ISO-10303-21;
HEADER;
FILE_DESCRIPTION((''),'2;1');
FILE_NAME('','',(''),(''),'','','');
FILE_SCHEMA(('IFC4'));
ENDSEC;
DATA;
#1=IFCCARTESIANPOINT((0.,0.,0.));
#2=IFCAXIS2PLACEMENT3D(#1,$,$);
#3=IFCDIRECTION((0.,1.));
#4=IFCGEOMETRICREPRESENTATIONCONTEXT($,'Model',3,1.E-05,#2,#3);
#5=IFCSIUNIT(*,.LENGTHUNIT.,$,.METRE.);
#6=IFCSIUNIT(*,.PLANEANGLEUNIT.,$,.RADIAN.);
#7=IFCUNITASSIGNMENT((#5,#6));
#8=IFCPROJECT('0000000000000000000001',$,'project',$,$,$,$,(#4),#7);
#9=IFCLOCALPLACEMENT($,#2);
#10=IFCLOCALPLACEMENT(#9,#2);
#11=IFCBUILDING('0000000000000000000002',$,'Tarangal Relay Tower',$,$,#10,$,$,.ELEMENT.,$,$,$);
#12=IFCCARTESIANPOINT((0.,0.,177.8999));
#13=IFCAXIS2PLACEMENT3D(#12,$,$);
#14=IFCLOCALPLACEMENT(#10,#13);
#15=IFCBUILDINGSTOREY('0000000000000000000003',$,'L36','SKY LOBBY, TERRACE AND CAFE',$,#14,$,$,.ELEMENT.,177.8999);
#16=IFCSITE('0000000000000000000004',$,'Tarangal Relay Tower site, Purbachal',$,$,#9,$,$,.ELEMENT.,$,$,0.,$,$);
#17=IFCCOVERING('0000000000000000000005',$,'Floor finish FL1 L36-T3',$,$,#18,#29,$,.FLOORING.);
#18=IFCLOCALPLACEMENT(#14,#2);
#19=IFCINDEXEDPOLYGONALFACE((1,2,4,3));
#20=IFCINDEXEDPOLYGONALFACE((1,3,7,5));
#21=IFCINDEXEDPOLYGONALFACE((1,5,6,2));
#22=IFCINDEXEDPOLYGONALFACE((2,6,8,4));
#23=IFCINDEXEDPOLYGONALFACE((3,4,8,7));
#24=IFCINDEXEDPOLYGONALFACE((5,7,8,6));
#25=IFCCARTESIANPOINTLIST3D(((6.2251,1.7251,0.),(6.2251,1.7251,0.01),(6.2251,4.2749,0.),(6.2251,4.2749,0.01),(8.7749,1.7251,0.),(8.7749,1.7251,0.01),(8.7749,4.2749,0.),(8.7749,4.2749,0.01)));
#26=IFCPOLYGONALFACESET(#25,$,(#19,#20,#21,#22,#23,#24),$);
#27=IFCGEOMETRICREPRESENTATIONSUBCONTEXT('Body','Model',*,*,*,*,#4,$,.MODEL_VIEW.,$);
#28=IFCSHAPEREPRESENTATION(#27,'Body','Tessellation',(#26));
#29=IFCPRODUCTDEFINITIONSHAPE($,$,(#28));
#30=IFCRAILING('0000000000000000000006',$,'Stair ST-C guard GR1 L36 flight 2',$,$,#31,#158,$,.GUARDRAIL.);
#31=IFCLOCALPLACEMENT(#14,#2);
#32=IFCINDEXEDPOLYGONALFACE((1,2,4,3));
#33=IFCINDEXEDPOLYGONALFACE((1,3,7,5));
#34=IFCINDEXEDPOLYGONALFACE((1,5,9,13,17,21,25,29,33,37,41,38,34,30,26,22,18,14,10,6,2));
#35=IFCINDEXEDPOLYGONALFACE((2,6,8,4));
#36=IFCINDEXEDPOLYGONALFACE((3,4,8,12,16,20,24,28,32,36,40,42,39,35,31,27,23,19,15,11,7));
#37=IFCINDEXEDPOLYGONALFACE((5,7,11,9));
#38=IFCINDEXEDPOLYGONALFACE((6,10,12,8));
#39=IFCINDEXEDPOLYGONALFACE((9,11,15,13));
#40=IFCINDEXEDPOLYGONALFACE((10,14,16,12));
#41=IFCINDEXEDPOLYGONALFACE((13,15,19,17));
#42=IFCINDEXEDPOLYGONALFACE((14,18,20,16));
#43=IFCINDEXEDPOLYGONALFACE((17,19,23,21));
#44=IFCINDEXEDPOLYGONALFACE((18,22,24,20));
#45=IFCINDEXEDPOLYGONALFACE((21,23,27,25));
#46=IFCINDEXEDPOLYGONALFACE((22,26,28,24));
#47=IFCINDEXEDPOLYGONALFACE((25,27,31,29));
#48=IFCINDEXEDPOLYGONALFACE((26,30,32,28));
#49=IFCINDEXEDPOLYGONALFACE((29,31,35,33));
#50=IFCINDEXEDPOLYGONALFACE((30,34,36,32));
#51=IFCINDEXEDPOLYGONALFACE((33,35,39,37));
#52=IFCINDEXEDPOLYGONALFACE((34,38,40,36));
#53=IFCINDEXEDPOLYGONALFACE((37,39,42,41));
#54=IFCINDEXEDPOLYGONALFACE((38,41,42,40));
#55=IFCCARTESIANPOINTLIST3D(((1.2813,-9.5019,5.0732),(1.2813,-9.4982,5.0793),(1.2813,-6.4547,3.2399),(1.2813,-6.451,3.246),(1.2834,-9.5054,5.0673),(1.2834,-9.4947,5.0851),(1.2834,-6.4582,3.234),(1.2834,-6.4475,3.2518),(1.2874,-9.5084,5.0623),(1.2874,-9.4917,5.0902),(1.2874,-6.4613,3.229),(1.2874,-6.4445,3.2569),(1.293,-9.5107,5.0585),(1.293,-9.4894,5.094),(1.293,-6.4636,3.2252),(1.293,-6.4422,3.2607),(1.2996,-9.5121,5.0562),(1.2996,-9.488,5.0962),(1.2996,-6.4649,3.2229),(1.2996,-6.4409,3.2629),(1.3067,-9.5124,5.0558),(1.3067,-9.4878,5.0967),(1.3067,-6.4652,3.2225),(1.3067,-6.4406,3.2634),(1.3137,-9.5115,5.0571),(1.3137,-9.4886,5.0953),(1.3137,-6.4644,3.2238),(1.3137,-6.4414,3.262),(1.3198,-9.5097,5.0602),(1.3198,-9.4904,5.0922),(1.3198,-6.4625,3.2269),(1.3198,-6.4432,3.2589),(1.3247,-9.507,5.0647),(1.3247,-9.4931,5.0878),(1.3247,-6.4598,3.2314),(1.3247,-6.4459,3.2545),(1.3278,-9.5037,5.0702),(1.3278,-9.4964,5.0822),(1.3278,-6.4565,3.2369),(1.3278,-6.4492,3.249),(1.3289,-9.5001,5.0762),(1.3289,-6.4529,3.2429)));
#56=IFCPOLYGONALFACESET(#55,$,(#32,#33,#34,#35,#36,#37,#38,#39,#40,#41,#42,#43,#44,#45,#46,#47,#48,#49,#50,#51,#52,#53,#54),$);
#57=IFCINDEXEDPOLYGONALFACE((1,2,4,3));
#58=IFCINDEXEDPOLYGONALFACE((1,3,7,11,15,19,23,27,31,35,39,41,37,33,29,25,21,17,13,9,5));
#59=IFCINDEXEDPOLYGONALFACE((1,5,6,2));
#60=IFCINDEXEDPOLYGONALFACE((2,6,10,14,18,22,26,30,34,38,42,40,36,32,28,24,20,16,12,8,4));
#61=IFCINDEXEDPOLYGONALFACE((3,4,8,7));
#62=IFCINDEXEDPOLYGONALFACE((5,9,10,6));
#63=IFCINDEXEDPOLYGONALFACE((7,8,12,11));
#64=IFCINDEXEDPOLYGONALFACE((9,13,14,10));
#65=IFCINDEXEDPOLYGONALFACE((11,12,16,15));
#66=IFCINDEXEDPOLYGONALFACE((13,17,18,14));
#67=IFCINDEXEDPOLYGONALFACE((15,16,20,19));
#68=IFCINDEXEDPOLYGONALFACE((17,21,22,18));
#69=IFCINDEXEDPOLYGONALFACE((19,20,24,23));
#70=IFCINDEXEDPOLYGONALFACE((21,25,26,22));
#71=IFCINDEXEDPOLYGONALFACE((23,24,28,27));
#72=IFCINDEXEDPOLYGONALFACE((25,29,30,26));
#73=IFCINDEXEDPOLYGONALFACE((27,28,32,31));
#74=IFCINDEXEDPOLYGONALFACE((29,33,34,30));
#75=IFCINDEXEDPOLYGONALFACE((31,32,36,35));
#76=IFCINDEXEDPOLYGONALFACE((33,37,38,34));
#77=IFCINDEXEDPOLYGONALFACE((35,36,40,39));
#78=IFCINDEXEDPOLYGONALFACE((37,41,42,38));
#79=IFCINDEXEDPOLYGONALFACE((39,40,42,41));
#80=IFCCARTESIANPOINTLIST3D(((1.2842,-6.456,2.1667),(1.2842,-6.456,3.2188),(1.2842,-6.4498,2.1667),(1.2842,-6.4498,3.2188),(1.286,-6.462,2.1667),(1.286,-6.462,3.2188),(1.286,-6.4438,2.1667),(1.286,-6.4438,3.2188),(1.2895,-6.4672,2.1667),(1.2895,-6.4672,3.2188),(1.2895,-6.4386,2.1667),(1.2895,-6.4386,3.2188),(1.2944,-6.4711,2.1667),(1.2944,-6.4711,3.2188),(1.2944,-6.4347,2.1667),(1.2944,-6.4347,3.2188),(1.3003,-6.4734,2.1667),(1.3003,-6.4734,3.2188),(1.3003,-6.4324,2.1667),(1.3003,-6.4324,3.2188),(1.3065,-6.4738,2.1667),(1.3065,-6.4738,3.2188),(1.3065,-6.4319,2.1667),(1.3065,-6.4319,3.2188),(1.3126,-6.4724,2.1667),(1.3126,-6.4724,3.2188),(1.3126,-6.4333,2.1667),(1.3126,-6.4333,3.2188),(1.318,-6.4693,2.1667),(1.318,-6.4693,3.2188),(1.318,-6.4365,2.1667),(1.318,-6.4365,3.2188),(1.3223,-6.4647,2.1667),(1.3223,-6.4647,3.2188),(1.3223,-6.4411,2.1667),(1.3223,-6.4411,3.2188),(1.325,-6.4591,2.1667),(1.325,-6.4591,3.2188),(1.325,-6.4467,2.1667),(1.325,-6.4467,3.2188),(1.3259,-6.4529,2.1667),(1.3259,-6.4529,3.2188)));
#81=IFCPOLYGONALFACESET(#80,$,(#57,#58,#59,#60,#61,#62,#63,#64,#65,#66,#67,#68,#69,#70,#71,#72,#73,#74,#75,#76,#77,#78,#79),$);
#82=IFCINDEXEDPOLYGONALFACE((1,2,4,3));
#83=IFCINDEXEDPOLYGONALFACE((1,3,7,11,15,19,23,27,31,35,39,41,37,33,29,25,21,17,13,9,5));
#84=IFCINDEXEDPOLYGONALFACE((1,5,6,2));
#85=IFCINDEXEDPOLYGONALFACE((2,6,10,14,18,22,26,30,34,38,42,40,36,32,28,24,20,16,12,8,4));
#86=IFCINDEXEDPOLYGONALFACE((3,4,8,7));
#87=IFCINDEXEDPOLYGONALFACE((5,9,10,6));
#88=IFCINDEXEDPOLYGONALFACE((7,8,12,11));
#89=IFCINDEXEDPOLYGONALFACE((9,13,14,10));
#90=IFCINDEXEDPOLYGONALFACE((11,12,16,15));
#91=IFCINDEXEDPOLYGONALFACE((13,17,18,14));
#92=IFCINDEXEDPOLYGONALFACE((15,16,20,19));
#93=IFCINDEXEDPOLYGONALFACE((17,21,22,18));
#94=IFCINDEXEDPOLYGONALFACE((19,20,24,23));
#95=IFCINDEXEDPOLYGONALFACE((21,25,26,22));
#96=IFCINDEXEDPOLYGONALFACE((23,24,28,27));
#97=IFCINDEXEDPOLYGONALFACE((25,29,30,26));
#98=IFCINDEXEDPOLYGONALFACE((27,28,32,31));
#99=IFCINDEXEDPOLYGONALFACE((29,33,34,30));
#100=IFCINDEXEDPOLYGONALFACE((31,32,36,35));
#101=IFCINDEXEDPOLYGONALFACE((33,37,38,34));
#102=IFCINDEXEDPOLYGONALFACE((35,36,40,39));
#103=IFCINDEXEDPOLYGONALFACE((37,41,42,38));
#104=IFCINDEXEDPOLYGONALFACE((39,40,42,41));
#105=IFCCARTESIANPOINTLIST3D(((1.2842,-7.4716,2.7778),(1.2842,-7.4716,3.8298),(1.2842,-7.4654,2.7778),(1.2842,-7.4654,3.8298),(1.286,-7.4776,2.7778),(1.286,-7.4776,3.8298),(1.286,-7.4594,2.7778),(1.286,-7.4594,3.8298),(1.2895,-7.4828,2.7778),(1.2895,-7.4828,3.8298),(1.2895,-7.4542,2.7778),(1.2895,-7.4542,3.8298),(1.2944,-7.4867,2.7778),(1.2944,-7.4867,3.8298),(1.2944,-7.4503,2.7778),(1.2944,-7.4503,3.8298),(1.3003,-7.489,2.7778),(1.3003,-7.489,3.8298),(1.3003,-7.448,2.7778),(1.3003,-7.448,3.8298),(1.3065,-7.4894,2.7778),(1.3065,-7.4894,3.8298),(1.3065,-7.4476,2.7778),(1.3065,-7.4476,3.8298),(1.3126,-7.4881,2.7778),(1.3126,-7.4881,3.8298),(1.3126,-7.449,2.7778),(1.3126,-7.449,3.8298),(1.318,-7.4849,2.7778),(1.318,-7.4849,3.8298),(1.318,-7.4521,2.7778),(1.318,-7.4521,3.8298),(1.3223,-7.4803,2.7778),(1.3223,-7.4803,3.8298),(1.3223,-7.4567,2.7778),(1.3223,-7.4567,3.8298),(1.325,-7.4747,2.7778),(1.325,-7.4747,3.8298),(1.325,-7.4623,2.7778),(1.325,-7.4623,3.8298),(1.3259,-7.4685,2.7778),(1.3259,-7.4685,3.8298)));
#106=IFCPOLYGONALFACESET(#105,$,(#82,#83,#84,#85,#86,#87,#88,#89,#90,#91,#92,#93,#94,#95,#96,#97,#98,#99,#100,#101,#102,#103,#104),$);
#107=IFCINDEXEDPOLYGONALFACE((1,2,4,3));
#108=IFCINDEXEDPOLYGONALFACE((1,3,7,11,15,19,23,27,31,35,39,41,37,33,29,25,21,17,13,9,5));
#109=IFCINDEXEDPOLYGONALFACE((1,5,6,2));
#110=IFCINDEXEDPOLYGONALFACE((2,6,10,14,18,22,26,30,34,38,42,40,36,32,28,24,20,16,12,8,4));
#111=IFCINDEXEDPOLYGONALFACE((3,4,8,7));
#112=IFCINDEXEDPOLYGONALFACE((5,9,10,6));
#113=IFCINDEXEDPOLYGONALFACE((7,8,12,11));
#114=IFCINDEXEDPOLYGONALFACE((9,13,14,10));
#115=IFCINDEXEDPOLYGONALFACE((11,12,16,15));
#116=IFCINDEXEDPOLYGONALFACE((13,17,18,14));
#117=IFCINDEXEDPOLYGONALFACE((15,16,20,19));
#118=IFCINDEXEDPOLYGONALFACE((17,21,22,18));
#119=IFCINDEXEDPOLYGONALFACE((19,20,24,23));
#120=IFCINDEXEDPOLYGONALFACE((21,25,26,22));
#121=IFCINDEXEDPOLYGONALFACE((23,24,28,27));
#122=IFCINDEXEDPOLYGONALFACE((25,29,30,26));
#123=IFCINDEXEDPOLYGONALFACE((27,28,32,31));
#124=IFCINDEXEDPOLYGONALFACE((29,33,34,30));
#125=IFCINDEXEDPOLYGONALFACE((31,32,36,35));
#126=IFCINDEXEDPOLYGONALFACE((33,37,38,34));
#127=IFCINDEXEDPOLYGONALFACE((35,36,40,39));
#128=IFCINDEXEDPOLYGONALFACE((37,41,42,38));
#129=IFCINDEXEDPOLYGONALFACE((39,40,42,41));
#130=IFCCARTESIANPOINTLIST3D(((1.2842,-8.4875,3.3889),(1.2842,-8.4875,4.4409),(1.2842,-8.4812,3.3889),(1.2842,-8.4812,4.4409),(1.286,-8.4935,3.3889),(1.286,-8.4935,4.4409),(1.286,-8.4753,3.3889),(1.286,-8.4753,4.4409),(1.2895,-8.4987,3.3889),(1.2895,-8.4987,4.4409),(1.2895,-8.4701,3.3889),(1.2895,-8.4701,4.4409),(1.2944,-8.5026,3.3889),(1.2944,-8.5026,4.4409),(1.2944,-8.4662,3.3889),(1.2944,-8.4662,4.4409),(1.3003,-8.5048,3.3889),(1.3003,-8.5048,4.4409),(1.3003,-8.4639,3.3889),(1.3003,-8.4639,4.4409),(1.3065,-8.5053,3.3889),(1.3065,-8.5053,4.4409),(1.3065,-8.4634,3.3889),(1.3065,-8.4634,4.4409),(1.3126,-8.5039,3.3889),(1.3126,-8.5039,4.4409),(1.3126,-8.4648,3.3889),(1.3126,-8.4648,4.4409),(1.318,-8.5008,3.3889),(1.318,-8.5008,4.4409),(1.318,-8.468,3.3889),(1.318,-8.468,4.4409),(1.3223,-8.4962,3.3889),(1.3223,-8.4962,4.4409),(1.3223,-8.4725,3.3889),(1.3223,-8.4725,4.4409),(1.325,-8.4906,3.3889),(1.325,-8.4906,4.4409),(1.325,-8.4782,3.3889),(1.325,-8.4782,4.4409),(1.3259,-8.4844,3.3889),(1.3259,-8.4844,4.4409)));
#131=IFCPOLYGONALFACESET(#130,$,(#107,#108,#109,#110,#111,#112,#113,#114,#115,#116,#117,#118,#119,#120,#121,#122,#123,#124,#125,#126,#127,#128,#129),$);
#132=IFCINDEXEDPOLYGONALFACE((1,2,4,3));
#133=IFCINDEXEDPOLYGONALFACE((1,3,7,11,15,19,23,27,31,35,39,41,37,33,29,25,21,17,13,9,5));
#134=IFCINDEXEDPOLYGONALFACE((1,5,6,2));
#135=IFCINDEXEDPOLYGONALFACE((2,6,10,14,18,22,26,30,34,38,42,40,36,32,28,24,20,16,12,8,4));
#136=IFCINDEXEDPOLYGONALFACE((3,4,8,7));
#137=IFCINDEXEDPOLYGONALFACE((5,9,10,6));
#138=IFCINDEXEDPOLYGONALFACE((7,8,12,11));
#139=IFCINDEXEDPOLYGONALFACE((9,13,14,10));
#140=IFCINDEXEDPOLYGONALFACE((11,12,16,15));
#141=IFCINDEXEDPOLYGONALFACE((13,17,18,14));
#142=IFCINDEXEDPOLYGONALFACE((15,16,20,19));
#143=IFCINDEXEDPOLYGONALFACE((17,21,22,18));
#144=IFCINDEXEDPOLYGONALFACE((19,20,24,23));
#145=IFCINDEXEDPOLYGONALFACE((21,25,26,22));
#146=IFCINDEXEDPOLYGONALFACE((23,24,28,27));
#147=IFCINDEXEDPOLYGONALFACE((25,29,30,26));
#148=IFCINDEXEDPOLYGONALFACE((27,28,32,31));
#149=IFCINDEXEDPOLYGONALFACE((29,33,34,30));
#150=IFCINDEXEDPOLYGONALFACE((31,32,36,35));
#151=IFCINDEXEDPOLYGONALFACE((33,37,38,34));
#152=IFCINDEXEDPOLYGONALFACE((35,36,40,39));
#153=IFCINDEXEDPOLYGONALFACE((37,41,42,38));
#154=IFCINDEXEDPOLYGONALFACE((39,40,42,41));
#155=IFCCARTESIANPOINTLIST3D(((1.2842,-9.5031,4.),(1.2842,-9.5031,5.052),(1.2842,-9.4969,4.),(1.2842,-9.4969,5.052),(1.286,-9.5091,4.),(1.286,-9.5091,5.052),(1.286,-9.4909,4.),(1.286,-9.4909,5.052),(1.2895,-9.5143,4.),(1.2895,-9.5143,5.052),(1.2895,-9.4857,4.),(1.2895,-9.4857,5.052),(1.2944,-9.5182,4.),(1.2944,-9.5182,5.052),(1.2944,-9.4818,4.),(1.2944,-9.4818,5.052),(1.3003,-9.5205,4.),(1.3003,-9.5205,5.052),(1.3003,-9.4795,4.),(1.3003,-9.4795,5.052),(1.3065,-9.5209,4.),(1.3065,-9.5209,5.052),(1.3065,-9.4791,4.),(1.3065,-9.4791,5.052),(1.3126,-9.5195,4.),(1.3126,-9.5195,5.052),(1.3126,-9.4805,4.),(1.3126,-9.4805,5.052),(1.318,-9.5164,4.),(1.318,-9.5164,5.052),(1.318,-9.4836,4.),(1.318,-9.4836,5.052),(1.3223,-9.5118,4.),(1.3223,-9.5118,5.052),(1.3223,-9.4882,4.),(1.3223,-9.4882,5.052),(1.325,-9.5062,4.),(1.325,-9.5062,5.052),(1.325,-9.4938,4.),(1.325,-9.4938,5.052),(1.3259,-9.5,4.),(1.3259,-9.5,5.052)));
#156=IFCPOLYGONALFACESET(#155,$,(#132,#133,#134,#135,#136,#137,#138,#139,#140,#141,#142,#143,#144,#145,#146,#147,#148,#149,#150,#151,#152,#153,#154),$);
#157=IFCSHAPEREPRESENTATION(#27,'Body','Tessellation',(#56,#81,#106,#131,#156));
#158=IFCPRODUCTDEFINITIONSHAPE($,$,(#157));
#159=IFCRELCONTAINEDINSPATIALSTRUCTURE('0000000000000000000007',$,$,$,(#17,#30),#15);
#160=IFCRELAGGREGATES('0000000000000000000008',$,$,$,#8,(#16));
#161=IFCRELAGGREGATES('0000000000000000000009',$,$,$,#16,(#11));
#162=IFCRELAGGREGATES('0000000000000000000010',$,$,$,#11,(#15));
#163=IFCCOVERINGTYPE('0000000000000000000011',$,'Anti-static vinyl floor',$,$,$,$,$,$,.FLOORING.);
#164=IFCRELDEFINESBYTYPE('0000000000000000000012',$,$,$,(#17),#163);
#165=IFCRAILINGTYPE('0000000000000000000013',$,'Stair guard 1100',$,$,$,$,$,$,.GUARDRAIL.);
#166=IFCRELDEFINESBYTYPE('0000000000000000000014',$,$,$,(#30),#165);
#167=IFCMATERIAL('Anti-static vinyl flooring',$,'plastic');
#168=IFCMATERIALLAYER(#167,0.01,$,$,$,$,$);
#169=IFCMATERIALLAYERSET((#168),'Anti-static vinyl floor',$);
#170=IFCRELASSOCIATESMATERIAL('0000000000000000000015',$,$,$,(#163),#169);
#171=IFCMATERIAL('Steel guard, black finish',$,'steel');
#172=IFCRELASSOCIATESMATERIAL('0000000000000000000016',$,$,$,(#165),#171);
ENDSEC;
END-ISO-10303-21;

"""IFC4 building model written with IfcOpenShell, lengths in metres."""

from ifc_helpers import new_model, si_unit, direction, frame, origin, origin_2d, place, context, subcontext, project, spatial, polyline, circle, outline, extrude, material, layer, layer_set, type_object, element, save


model = new_model("IFC4")

# Units and contexts
model_context = context("Model", 3, precision=1e-05, world=origin(), true_north=direction((0.0, 1.0)))
body_context = subcontext(model_context, "Body", "Model", "MODEL_VIEW")
ifc_project = project(units=[si_unit("LENGTHUNIT", "METRE"), si_unit("PLANEANGLEUNIT", "RADIAN")], contexts=[model_context])

# Site, building, storey
site_placement = place(None, origin())
site = spatial("IfcSite", under=ifc_project, at=site_placement, Name="Tarangal Relay Tower site, Purbachal", CompositionType="ELEMENT", RefElevation=0.0)
building_placement = place(site_placement, origin())
building = spatial("IfcBuilding", under=site, at=building_placement, Name="Tarangal Relay Tower", CompositionType="ELEMENT")
storey_placement = place(building_placement, frame((0.0, 0.0, 177.8999)))
storey = spatial("IfcBuildingStorey", under=building, at=storey_placement, Name="L36", Description="SKY LOBBY, TERRACE AND CAFE", CompositionType="ELEMENT", Elevation=177.8999)

# Covering
ifc_material_1 = material(Name="Anti-static vinyl flooring", Category="plastic")
ifc_layer_1 = layer(ifc_material_1, 0.01)
ifc_layer_set_1 = layer_set([ifc_layer_1], Name="Anti-static vinyl floor")
covering_type_1 = type_object("IfcCoveringType", Name="Anti-static vinyl floor", PredefinedType="FLOORING", material=ifc_layer_set_1)
covering_1_placement = place(storey_placement, origin())
element("IfcCovering", 1, at=covering_1_placement, inside=storey, type_object=covering_type_1, Name="Floor finish FL1 L36-T3", PredefinedType="FLOORING", context=body_context, shape_type="SweptSolid", body=[
    extrude(outline(polyline([(6.2251, 1.7251), (8.7749, 1.7251), (8.7749, 4.2749), (6.2251, 4.2749), (6.2251, 1.7251)])), origin(), (0.0, 0.0, 1.0), 0.01),
])

# Railing
ifc_material_2 = material(Name="Steel guard, black finish", Category="steel")
railing_type_1 = type_object("IfcRailingType", Name="Stair guard 1100", PredefinedType="GUARDRAIL", material=ifc_material_2)
railing_1_placement = place(storey_placement, frame((1.3049, -6.4529, 2.1667)))
element("IfcRailing", 2, at=railing_1_placement, inside=storey, type_object=railing_type_1, Name="Stair ST-C guard GR1 L36 flight 2", PredefinedType="GUARDRAIL", context=body_context, shape_type="SweptSolid", body=[
    extrude(circle(Radius=0.0239, at=origin_2d()), frame((0.0, 0.0, 1.0762), z_axis=(0.0, -0.856874, 0.515525), x_axis=(1.0, 0.0, 0.0)), (0.0, 0.0, 1.0), 3.5562),
    extrude(circle(Radius=0.021, at=origin_2d()), origin(), (0.0, 0.0, 1.0), 1.052),
    extrude(circle(Radius=0.021, at=origin_2d()), frame((0.0, -1.0156, 0.6111)), (0.0, 0.0, 1.0), 1.052),
    extrude(circle(Radius=0.021, at=origin_2d()), frame((0.0, -2.0315, 1.2222)), (0.0, 0.0, 1.0), 1.052),
    extrude(circle(Radius=0.021, at=origin_2d()), frame((0.0, -3.0471, 1.8333)), (0.0, 0.0, 1.0), 1.052),
])

save(model, "model.ifc")
